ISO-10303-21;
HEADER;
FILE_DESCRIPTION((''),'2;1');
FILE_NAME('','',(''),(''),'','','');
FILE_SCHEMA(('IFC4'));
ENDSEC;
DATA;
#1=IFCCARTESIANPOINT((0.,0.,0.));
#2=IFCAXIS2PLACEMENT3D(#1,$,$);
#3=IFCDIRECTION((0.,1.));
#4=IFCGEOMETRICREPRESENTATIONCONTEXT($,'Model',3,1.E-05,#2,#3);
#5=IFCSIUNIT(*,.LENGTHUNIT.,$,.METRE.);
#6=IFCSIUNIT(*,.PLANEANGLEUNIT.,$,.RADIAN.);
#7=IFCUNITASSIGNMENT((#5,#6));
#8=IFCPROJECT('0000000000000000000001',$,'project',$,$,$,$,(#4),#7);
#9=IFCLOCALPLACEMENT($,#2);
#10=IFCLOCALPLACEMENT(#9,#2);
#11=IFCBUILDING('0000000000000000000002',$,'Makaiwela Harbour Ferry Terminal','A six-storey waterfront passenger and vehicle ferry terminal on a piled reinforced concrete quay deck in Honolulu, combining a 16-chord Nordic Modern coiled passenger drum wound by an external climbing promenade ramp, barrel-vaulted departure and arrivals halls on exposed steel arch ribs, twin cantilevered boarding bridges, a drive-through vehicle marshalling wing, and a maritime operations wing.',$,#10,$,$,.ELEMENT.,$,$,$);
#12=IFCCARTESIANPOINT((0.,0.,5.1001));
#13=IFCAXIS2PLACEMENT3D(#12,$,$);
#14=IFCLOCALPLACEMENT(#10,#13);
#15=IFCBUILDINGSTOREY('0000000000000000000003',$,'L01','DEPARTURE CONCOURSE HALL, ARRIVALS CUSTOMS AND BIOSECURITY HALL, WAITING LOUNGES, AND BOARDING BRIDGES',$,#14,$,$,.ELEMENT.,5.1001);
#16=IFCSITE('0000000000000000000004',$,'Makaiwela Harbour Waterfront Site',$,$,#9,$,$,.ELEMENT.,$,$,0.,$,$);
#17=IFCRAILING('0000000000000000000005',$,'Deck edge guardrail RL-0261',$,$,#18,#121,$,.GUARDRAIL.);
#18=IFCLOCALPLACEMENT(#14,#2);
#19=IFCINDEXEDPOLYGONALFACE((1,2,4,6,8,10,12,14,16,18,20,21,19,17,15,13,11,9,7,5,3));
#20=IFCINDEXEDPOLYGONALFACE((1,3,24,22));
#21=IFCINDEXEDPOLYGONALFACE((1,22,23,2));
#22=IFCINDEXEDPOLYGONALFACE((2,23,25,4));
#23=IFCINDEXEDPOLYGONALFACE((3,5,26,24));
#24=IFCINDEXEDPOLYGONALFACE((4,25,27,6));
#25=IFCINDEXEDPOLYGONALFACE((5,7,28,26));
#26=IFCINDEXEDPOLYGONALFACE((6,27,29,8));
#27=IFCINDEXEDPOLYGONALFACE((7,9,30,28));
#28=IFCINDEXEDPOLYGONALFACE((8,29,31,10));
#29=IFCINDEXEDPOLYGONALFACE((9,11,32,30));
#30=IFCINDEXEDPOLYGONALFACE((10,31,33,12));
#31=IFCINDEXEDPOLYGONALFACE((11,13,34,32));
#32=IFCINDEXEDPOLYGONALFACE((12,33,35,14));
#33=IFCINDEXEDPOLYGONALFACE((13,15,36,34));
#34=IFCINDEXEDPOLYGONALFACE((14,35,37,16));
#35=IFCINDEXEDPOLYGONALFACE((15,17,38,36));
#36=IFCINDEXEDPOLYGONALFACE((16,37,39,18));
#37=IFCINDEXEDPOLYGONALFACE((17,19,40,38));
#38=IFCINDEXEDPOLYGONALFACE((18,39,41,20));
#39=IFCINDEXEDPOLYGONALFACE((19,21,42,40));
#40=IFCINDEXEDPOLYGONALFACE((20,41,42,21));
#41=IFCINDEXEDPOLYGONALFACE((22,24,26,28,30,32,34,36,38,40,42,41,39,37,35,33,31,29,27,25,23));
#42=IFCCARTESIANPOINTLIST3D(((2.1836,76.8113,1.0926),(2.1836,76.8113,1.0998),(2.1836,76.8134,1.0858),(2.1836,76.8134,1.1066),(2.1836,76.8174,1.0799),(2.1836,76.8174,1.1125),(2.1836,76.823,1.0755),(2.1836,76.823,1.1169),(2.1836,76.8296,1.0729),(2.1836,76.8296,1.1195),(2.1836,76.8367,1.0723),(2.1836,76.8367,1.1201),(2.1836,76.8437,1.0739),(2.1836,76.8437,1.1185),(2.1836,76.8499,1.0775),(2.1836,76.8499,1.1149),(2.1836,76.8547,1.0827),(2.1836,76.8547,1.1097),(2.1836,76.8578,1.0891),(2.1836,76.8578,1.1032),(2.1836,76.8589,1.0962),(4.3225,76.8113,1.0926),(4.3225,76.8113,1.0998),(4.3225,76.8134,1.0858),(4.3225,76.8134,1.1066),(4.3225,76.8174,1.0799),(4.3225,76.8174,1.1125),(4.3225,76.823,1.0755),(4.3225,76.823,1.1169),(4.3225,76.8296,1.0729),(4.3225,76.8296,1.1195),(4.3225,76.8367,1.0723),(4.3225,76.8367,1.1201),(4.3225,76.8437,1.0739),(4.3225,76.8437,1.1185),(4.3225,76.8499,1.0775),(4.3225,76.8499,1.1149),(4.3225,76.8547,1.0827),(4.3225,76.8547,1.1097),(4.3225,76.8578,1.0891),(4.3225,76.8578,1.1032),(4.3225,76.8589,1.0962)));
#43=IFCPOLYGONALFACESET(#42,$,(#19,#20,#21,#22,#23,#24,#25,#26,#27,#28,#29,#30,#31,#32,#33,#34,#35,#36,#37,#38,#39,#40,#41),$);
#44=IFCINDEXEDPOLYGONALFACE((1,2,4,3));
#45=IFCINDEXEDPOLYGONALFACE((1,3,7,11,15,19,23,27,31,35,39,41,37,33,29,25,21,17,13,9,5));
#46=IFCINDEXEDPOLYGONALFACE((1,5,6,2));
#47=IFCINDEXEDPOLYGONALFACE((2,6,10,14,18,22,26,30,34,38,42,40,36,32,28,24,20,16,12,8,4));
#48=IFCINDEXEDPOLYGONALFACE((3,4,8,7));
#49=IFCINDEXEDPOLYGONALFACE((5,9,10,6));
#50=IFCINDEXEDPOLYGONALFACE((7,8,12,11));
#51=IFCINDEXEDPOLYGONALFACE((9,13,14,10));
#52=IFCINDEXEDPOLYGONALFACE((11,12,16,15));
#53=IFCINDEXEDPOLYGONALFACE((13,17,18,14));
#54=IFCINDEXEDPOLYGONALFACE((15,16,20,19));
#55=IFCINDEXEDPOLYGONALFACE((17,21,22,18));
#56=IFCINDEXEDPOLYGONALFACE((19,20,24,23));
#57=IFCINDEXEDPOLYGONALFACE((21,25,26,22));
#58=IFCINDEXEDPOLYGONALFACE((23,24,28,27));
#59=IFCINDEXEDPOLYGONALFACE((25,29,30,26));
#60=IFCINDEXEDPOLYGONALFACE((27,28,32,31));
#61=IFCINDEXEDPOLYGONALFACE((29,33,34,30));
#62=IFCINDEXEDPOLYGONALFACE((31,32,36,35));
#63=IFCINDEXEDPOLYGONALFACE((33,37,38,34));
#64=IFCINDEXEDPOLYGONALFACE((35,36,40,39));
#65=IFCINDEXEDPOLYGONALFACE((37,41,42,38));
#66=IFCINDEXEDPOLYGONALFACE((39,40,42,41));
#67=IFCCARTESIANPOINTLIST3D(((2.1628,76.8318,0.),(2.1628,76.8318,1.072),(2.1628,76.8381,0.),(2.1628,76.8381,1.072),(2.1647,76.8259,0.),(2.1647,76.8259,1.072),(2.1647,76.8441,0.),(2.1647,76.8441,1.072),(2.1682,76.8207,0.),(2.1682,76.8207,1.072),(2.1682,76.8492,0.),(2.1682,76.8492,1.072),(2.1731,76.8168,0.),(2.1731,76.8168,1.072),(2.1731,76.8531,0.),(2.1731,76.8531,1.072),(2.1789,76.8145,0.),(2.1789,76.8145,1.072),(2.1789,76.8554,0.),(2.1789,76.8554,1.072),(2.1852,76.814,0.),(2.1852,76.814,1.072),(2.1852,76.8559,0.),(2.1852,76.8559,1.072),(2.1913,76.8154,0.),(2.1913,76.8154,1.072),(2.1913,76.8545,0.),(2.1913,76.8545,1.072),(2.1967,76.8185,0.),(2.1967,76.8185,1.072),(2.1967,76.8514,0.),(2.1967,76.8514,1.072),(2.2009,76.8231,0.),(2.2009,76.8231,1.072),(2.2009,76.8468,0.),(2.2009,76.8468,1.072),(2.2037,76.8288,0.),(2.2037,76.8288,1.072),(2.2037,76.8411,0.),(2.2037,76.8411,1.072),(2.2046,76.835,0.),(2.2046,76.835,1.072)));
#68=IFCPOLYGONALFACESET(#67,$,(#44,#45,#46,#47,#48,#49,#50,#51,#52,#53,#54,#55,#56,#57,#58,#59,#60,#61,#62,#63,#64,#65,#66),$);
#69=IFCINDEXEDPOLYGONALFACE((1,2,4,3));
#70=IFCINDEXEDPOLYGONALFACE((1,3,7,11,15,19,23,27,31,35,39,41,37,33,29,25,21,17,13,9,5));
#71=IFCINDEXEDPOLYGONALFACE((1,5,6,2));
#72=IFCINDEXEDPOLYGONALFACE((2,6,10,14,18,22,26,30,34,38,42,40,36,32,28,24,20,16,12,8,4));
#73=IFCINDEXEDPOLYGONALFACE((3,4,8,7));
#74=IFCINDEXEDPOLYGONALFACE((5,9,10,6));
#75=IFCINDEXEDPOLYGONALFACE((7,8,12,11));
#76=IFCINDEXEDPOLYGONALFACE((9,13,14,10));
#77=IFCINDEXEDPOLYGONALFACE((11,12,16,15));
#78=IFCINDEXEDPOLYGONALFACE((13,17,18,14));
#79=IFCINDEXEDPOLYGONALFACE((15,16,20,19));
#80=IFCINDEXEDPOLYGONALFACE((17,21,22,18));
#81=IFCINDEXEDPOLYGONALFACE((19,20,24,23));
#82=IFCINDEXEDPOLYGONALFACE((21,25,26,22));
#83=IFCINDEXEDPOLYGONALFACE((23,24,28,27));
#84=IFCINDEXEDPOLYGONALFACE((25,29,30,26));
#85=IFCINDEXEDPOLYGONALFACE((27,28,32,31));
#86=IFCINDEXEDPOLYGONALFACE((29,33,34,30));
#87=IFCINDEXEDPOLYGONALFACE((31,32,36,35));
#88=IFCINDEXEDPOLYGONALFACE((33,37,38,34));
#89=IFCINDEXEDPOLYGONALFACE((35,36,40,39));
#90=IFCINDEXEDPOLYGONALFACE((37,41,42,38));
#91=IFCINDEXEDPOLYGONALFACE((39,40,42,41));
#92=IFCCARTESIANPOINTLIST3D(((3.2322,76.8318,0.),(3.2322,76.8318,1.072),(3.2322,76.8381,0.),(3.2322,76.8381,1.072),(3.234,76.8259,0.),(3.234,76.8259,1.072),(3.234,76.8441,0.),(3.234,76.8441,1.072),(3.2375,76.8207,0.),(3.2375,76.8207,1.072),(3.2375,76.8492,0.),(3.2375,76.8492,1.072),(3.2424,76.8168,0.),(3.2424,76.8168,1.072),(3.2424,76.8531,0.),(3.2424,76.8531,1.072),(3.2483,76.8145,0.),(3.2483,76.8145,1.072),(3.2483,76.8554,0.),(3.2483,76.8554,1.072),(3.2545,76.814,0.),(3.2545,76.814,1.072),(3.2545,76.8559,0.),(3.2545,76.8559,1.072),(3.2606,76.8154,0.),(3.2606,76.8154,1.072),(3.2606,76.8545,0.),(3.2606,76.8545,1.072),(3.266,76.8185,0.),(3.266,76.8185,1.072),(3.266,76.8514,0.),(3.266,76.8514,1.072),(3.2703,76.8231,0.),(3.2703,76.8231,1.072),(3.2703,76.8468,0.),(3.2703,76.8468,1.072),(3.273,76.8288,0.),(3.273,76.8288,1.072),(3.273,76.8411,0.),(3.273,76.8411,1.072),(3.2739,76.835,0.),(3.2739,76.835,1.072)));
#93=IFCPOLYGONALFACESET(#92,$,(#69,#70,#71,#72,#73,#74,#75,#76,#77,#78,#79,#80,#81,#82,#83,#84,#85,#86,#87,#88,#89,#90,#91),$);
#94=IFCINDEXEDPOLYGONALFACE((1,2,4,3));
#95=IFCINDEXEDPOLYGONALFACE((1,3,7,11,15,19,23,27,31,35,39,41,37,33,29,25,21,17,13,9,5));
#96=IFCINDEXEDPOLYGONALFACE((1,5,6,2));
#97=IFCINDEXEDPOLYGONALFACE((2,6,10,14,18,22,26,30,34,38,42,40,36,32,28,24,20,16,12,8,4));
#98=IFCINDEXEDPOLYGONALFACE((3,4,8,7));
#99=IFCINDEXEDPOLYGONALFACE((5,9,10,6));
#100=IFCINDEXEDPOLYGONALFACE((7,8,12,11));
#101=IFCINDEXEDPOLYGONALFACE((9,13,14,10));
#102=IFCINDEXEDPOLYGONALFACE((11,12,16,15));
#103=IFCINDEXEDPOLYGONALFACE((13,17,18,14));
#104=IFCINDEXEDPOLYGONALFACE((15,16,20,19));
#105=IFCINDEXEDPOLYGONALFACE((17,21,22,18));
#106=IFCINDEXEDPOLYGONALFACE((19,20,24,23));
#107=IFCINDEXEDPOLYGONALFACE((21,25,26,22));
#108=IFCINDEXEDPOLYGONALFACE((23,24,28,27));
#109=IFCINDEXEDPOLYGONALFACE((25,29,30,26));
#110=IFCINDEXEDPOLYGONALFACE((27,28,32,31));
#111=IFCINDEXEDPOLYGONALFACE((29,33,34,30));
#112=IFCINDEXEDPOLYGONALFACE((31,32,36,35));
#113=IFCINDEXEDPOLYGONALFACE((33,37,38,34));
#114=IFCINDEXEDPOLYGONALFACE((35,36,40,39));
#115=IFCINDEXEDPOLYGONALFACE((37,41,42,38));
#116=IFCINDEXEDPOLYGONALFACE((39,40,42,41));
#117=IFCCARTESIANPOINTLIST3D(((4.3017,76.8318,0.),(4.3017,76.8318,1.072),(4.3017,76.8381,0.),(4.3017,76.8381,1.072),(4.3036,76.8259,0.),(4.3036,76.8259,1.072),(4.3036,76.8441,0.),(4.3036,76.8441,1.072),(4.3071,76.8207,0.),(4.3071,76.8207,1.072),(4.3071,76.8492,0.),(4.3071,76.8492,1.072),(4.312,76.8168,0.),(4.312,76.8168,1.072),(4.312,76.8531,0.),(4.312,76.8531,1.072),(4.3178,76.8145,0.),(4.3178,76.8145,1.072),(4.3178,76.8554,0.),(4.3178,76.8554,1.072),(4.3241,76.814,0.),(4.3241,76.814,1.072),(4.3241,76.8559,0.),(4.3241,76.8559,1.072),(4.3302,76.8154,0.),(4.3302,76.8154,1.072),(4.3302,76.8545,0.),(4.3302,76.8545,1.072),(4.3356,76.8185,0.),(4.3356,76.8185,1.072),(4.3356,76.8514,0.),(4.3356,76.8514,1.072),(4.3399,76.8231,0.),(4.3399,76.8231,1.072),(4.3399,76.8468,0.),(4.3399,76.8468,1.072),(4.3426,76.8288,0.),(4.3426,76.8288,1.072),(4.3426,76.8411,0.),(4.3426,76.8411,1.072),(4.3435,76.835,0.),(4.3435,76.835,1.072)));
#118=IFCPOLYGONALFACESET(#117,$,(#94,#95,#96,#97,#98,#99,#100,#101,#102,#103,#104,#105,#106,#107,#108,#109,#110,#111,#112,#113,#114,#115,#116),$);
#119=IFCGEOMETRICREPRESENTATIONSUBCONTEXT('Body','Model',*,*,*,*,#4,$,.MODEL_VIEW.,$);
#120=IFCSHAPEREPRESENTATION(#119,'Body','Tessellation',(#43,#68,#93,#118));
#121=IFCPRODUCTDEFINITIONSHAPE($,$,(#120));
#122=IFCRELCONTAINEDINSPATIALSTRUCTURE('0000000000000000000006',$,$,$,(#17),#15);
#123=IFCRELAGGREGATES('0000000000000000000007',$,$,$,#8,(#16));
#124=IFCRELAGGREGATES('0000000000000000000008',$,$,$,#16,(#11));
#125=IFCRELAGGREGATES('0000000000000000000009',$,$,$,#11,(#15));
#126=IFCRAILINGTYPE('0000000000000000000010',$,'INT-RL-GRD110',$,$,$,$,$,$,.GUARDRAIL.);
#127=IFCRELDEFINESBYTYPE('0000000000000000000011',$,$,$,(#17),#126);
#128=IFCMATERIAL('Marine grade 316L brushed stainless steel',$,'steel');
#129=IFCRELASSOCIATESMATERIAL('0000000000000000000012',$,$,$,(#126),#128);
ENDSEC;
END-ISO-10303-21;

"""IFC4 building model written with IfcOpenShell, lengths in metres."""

from ifc_helpers import new_model, si_unit, direction, frame, origin, origin_2d, place, context, subcontext, project, spatial, circle, extrude, material, type_object, element, save


model = new_model("IFC4")

# Units and contexts
model_context = context("Model", 3, precision=1e-05, world=origin(), true_north=direction((0.0, 1.0)))
body_context = subcontext(model_context, "Body", "Model", "MODEL_VIEW")
ifc_project = project(units=[si_unit("LENGTHUNIT", "METRE"), si_unit("PLANEANGLEUNIT", "RADIAN")], contexts=[model_context])

# Site, building, storey
site_placement = place(None, origin())
site = spatial("IfcSite", under=ifc_project, at=site_placement, Name="Makaiwela Harbour Waterfront Site", CompositionType="ELEMENT", RefElevation=0.0)
building_placement = place(site_placement, origin())
building = spatial("IfcBuilding", under=site, at=building_placement, Name="Makaiwela Harbour Ferry Terminal", Description="A six-storey waterfront passenger and vehicle ferry terminal on a piled reinforced concrete quay deck in Honolulu, combining a 16-chord Nordic Modern coiled passenger drum wound by an external climbing promenade ramp, barrel-vaulted departure and arrivals halls on exposed steel arch ribs, twin cantilevered boarding bridges, a drive-through vehicle marshalling wing, and a maritime operations wing.", CompositionType="ELEMENT")
storey_placement = place(building_placement, frame((0.0, 0.0, 5.1001)))
storey = spatial("IfcBuildingStorey", under=building, at=storey_placement, Name="L01", Description="DEPARTURE CONCOURSE HALL, ARRIVALS CUSTOMS AND BIOSECURITY HALL, WAITING LOUNGES, AND BOARDING BRIDGES", CompositionType="ELEMENT", Elevation=5.1001)

# Railing
ifc_material_1 = material(Name="Marine grade 316L brushed stainless steel", Category="steel")
railing_type_1 = type_object("IfcRailingType", Name="INT-RL-GRD110", PredefinedType="GUARDRAIL", material=ifc_material_1)
railing_1_placement = place(storey_placement, frame((2.1836, 76.835, 0.0)))
element("IfcRailing", 1, at=railing_1_placement, inside=storey, type_object=railing_type_1, Name="Deck edge guardrail RL-0261", PredefinedType="GUARDRAIL", context=body_context, shape_type="SweptSolid", body=[
    extrude(circle(Radius=0.0239, at=origin_2d()), frame((0.0, 0.0, 1.0962), z_axis=(1.0, 0.0, 0.0), x_axis=(0.0, 1.0, 0.0)), (0.0, 0.0, 1.0), 2.1389),
    extrude(circle(Radius=0.021, at=origin_2d()), origin(), (0.0, 0.0, 1.0), 1.072),
    extrude(circle(Radius=0.021, at=origin_2d()), frame((1.0693, 0.0, 0.0)), (0.0, 0.0, 1.0), 1.072),
    extrude(circle(Radius=0.021, at=origin_2d()), frame((2.1389, 0.0, 0.0)), (0.0, 0.0, 1.0), 1.072),
])

save(model, "model.ifc")
